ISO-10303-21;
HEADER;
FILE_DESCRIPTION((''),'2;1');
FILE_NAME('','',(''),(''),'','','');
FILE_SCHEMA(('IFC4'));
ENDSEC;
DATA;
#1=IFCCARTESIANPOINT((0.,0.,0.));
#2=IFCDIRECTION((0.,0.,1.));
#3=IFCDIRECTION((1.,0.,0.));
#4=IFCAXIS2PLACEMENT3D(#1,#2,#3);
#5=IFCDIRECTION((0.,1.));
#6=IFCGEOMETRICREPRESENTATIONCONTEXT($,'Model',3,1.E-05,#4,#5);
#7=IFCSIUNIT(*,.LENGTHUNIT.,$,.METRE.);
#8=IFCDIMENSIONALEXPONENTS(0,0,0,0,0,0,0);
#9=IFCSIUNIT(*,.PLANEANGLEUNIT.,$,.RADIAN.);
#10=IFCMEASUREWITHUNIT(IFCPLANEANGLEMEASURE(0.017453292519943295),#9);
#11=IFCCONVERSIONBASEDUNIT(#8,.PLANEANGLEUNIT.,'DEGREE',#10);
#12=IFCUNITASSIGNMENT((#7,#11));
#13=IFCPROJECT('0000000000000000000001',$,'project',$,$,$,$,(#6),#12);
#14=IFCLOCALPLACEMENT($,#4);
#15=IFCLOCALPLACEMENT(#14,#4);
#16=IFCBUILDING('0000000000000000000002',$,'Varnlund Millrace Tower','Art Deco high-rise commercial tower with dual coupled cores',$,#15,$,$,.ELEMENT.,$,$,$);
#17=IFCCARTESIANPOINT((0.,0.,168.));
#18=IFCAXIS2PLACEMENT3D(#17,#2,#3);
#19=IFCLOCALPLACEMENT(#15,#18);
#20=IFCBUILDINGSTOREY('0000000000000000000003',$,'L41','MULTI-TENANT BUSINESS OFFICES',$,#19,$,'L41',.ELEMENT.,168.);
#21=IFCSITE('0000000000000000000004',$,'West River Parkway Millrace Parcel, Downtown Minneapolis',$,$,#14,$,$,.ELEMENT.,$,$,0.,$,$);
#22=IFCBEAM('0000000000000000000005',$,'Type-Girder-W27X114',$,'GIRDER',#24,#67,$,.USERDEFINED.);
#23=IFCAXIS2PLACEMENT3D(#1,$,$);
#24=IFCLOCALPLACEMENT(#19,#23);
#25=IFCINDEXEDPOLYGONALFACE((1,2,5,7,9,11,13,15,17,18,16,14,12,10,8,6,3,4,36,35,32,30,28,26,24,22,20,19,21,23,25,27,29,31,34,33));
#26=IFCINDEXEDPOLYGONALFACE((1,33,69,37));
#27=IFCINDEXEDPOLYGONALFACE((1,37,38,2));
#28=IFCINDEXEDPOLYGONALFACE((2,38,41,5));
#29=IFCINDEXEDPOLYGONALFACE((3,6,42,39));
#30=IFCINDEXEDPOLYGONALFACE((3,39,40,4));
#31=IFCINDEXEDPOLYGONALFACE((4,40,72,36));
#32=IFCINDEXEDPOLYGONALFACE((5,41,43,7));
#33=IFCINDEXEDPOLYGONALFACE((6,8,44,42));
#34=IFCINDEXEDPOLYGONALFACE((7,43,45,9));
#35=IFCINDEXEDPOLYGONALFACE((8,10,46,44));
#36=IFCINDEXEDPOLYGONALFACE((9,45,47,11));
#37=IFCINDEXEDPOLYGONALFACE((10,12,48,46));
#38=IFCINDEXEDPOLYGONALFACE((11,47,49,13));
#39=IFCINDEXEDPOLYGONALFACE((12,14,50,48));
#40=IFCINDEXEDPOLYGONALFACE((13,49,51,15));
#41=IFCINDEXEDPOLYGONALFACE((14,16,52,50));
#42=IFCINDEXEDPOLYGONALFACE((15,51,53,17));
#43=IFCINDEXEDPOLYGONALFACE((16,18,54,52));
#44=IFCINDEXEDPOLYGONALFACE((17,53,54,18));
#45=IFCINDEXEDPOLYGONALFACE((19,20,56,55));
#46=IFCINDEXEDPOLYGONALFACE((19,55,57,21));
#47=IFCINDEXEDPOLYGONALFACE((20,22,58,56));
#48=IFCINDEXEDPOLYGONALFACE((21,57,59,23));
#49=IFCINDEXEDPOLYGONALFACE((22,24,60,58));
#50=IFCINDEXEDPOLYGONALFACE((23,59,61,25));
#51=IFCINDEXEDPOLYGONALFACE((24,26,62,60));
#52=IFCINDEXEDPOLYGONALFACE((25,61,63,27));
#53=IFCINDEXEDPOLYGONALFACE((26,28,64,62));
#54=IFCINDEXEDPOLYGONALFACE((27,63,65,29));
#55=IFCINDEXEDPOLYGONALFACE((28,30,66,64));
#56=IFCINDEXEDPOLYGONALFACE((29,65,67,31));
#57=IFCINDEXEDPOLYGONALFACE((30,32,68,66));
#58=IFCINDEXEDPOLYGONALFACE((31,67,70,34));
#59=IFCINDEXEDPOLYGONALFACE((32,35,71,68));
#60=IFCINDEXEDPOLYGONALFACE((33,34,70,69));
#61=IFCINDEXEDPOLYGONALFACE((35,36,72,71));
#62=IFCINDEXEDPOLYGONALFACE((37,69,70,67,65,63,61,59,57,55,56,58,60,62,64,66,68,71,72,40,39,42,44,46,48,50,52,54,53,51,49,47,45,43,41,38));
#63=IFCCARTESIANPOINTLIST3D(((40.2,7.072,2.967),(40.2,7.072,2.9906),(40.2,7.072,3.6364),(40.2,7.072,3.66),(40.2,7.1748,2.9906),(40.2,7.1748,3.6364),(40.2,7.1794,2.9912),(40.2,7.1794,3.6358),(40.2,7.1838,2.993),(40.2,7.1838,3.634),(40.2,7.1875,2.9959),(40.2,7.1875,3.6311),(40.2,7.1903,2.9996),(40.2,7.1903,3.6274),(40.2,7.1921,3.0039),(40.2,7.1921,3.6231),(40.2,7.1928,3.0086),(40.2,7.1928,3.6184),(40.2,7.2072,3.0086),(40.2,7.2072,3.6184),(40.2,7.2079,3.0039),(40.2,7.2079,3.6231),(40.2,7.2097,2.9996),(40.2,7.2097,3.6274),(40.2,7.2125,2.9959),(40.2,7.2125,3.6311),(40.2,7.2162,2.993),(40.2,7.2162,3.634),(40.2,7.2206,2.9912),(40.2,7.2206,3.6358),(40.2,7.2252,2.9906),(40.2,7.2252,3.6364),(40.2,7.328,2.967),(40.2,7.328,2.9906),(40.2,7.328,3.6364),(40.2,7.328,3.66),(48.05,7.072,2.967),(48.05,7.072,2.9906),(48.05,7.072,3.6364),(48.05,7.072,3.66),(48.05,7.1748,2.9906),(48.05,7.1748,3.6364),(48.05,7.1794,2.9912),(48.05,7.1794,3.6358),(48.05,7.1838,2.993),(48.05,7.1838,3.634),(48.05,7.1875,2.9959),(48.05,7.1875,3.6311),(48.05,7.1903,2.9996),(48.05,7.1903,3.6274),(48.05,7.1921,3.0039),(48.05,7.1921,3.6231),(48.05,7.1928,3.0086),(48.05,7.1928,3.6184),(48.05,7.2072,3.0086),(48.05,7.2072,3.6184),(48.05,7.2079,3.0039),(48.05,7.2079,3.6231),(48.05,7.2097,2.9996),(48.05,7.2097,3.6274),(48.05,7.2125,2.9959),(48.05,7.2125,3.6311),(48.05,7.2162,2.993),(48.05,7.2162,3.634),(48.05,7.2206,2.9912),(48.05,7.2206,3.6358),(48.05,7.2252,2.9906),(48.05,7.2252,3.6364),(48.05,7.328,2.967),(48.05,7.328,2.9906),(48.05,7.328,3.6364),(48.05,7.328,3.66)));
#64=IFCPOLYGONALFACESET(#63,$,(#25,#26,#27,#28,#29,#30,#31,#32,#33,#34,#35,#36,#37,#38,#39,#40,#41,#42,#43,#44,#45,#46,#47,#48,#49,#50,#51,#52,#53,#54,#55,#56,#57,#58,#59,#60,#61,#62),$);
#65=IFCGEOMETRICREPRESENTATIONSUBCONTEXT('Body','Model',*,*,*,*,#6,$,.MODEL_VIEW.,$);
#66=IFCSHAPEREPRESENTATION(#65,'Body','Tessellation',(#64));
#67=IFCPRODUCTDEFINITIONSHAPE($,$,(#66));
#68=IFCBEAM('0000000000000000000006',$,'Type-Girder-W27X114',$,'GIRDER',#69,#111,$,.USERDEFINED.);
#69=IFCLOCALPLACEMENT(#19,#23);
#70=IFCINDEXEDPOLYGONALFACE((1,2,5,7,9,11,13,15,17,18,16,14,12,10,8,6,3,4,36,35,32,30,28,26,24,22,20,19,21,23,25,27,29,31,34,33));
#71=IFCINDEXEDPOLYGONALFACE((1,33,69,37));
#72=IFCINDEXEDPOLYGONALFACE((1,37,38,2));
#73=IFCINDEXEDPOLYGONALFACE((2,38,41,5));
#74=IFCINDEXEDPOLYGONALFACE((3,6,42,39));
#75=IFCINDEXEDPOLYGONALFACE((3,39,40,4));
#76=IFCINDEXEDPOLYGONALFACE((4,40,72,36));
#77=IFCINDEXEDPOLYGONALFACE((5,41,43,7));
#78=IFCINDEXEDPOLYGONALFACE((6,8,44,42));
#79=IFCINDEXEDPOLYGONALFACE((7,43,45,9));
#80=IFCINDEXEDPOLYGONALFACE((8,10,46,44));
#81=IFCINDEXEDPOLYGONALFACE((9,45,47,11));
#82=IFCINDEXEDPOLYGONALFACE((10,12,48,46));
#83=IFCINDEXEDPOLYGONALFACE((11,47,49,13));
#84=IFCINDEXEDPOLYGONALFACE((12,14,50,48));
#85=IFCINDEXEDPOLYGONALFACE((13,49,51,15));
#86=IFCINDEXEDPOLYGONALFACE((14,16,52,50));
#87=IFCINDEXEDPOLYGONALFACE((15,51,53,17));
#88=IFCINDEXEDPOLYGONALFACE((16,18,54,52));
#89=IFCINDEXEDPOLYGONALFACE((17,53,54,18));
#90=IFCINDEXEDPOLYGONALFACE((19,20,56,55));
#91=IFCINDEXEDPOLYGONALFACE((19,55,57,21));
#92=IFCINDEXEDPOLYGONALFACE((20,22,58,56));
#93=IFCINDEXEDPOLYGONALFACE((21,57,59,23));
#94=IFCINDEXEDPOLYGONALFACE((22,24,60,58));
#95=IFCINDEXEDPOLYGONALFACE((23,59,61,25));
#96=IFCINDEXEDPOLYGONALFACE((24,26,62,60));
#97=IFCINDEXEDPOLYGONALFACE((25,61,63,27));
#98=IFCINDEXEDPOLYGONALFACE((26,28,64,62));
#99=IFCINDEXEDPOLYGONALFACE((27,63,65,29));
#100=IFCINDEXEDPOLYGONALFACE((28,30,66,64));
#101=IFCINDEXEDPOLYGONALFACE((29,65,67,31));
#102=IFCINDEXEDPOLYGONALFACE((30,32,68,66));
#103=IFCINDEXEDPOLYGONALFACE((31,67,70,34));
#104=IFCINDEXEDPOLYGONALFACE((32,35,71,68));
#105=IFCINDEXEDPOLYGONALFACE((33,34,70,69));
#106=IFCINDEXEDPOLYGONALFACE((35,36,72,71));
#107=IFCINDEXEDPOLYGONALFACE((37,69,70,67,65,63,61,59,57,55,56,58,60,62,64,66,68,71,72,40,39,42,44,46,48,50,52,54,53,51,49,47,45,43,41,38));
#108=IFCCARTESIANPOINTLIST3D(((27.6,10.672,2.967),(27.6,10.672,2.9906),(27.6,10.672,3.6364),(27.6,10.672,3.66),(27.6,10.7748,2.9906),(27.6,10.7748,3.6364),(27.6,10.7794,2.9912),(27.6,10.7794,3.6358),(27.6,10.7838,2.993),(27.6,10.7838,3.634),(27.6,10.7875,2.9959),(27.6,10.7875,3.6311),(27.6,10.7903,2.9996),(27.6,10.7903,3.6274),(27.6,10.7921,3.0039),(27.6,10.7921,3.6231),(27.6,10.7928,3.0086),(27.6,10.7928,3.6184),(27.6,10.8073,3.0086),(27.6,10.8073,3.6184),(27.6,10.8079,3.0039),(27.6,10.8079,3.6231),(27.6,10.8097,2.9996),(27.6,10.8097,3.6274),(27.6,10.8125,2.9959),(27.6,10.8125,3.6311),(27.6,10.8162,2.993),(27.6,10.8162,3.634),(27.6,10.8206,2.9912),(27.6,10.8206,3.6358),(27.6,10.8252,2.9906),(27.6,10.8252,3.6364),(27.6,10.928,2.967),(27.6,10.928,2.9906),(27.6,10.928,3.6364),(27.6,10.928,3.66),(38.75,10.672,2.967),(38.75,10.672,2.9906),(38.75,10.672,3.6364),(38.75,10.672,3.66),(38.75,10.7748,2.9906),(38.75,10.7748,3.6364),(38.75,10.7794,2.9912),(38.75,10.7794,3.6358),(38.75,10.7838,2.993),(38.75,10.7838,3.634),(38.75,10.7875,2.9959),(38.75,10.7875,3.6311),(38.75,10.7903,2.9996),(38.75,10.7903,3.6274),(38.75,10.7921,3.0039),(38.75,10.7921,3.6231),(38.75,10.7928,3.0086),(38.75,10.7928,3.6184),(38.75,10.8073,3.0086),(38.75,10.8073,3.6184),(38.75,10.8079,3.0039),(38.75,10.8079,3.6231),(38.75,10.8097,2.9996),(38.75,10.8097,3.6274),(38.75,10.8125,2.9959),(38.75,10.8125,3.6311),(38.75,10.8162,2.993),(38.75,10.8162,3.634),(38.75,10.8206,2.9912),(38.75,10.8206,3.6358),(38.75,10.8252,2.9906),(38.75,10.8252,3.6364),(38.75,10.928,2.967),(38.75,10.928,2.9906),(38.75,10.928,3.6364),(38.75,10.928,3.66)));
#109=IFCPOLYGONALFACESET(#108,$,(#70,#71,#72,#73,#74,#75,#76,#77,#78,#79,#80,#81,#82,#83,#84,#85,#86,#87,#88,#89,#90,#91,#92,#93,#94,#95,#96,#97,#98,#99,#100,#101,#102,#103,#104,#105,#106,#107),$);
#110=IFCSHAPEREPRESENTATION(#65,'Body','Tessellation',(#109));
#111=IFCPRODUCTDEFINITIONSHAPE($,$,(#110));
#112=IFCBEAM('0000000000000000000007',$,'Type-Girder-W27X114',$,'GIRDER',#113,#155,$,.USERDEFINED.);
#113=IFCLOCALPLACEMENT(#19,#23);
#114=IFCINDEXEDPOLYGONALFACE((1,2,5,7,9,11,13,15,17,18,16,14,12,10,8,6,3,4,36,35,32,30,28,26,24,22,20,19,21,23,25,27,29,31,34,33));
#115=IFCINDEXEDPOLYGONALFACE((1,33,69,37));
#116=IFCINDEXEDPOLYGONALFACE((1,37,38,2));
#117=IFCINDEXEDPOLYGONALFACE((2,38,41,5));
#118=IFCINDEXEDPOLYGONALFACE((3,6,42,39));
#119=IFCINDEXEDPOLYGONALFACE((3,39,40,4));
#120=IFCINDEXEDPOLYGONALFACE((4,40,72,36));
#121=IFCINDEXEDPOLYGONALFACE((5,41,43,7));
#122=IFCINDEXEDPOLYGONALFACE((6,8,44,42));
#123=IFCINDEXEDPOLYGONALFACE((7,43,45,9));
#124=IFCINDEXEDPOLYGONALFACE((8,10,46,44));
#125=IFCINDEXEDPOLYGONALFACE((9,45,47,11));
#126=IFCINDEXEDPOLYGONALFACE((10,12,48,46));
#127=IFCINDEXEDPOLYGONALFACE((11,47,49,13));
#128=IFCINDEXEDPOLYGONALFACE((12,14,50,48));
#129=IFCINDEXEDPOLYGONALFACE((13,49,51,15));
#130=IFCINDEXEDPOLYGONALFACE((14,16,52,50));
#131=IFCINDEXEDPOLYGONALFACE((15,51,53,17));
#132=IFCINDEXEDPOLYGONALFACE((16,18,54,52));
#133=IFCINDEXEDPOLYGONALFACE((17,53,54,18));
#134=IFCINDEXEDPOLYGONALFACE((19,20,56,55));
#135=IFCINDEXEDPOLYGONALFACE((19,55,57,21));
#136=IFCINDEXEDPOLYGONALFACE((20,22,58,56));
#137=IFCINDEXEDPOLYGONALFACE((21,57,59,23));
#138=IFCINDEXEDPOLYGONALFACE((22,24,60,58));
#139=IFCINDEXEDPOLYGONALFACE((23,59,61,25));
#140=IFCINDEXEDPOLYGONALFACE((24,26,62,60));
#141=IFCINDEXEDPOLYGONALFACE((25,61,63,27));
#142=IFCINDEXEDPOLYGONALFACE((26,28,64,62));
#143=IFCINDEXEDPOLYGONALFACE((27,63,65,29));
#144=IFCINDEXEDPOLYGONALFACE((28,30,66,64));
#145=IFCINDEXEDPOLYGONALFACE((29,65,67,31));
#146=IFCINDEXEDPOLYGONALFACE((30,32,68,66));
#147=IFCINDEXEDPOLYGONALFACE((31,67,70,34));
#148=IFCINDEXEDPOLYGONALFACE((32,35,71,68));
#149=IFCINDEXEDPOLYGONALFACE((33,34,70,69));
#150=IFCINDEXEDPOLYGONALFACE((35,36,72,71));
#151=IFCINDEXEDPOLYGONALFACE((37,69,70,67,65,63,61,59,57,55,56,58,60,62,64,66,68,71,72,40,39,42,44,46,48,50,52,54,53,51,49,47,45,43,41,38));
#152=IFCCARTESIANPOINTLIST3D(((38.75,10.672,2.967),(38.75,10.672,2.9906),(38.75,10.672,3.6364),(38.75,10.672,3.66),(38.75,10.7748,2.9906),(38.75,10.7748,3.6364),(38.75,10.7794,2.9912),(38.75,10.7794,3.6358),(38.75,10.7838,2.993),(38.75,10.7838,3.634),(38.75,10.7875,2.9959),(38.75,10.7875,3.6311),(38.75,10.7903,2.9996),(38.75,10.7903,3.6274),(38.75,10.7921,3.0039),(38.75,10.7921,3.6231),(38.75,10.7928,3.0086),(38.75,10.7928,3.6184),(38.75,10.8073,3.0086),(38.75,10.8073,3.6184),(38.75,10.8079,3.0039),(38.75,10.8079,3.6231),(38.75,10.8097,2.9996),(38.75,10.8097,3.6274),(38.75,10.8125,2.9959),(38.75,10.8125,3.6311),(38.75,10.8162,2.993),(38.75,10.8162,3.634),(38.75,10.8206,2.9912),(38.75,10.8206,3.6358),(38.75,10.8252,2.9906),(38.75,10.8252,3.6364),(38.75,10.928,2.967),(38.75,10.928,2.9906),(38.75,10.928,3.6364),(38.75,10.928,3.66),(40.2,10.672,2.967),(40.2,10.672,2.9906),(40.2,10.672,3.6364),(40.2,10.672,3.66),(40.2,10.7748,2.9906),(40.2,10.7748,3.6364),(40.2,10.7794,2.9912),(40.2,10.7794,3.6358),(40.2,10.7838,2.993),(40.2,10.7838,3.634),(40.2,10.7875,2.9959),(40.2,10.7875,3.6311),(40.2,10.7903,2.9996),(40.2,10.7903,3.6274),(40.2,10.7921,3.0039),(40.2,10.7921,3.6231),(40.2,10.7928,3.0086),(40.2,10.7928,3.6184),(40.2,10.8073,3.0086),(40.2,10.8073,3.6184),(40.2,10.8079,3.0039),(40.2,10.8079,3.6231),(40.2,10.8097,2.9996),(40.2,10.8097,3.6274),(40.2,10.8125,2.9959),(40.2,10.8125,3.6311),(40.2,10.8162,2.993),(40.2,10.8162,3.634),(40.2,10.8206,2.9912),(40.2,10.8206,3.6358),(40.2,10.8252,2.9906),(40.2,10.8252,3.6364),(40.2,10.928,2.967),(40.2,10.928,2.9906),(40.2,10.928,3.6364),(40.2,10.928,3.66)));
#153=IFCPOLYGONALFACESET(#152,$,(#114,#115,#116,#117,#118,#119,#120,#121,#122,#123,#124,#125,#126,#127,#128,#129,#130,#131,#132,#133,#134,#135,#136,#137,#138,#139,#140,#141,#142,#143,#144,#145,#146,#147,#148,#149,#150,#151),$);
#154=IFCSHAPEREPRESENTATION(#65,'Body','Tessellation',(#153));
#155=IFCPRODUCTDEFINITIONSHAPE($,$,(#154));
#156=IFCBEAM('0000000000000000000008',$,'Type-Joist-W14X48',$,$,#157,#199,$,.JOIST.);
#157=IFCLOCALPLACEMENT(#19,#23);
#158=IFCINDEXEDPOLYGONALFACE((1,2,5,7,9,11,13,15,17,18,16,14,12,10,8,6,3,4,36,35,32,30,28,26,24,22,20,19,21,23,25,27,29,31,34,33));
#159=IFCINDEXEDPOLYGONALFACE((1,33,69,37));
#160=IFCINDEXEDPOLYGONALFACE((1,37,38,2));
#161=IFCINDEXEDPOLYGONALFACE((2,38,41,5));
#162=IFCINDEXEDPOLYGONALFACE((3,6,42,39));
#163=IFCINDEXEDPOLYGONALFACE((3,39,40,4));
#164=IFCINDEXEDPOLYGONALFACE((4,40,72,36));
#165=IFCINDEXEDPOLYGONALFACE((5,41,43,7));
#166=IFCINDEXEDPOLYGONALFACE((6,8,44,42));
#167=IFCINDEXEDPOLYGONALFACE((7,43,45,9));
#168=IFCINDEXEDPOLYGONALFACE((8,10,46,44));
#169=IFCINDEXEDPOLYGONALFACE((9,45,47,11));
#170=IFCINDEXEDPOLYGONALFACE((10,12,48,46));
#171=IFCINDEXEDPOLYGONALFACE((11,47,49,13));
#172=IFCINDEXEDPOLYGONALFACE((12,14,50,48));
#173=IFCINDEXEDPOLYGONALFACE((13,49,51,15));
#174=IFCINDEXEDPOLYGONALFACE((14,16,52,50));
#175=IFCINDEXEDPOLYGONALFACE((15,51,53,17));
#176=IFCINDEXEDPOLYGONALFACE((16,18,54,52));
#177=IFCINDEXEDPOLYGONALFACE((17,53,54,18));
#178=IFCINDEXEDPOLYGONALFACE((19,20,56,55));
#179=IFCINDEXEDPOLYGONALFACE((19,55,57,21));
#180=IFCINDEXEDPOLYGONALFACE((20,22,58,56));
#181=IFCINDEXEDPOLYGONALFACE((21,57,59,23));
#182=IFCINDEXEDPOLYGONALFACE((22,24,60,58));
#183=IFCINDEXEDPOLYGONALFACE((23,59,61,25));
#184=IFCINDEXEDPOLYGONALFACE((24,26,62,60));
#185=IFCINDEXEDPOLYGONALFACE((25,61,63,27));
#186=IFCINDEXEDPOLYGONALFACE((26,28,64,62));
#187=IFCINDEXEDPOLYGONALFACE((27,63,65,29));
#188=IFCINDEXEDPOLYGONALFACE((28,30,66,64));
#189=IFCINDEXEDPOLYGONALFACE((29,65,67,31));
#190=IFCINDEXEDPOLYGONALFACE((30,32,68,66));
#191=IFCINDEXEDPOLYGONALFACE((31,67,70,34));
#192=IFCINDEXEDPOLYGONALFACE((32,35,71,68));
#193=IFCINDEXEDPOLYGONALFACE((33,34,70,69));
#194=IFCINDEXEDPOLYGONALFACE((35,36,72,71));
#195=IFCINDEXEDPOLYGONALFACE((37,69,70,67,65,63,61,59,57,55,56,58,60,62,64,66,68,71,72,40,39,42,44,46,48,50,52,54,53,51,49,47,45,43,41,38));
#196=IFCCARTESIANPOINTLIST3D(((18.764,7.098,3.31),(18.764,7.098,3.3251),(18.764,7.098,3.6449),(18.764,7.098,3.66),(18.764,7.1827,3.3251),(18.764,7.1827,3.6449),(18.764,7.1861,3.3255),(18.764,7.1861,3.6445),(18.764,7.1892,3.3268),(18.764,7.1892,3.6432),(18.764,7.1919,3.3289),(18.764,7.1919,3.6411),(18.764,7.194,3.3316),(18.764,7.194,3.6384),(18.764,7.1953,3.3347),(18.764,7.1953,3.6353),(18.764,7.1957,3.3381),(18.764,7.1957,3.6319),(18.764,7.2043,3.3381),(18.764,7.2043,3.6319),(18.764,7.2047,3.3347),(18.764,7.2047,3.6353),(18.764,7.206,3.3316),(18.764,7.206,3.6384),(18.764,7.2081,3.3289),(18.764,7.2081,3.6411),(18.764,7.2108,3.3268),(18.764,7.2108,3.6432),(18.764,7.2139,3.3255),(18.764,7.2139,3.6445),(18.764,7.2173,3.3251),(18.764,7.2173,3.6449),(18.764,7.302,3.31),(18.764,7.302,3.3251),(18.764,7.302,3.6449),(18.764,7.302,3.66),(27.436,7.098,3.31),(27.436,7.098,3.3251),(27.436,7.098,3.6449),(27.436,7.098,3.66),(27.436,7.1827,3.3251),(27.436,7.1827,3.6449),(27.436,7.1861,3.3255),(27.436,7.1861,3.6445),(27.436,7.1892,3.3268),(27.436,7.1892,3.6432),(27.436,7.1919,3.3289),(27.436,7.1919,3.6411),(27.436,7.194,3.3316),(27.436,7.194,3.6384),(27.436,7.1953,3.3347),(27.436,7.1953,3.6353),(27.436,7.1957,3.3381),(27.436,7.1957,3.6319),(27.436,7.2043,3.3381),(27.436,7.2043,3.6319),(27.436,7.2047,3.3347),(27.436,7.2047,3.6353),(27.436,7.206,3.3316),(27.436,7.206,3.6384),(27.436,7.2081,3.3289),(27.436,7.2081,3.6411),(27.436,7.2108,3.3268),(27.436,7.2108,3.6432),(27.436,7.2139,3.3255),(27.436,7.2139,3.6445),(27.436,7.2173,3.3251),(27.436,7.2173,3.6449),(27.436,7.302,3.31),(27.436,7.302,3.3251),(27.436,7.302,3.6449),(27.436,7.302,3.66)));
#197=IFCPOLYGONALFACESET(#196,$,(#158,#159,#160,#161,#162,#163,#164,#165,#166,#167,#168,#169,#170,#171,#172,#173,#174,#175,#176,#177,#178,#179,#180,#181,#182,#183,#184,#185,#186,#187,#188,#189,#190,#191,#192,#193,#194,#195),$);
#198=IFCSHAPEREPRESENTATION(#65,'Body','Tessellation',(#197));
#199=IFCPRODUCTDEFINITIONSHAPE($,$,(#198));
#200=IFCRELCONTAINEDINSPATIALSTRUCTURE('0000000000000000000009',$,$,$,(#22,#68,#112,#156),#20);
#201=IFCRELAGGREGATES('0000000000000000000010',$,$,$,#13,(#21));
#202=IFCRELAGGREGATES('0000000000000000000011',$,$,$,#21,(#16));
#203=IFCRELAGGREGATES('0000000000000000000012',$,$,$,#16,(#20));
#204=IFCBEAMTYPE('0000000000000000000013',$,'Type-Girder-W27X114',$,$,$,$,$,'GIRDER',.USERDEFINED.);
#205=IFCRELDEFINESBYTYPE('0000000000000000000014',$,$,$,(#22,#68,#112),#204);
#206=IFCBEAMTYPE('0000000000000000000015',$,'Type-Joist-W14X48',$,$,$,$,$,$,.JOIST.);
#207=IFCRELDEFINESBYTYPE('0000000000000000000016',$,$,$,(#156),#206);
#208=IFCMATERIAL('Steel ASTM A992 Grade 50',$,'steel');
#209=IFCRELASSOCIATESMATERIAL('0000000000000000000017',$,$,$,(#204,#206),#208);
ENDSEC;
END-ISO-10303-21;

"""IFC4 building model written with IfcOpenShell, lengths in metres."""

from ifc_helpers import new_model, entity, si_unit, converted_unit, direction, frame, origin_with_axes, origin_2d_with_axis, place, context, subcontext, project, spatial, i_section, extrude, material, material_profile, profile_set, type_object, element, save


model = new_model("IFC4")

# Units and contexts
model_context = context("Model", 3, precision=1e-05, world=origin_with_axes(), true_north=direction((0.0, 1.0)))
body_context = subcontext(model_context, "Body", "Model", "MODEL_VIEW")
ifc_project = project(units=[si_unit("LENGTHUNIT", "METRE"), converted_unit("PLANEANGLEUNIT", "DEGREE", entity("IfcPlaneAngleMeasure", 0.017453292519943295), si_unit("PLANEANGLEUNIT", "RADIAN"), dimensions=[0, 0, 0, 0, 0, 0, 0])], contexts=[model_context])

# Site, building, storey
site_placement = place(None, origin_with_axes())
site = spatial("IfcSite", under=ifc_project, at=site_placement, Name="West River Parkway Millrace Parcel, Downtown Minneapolis", CompositionType="ELEMENT", RefElevation=0.0)
building_placement = place(site_placement, origin_with_axes())
building = spatial("IfcBuilding", under=site, at=building_placement, Name="Varnlund Millrace Tower", Description="Art Deco high-rise commercial tower with dual coupled cores", CompositionType="ELEMENT")
storey_placement = place(building_placement, frame((0.0, 0.0, 168.0), z_axis=(0.0, 0.0, 1.0), x_axis=(1.0, 0.0, 0.0)))
storey = spatial("IfcBuildingStorey", under=building, at=storey_placement, Name="L41", Description="MULTI-TENANT BUSINESS OFFICES", LongName="L41", CompositionType="ELEMENT", Elevation=168.0)

# Beams
ifc_material_1 = material(Name="Steel ASTM A992 Grade 50", Category="steel")
ifc_material_profile_1 = material_profile(ifc_material_1, i_section(OverallWidth=0.256, OverallDepth=0.693, WebThickness=0.0145, FlangeThickness=0.0236, FilletRadius=0.018, at=origin_2d_with_axis()), Name="Steel ASTM A992 Grade 50")
ifc_profile_set_1 = profile_set([ifc_material_profile_1], Name="Steel ASTM A992 Grade 50")
beam_type_1 = type_object("IfcBeamType", Name="Type-Girder-W27X114", ElementType="GIRDER", PredefinedType="USERDEFINED", material=ifc_profile_set_1)
beam_1_placement = place(storey_placement, frame((40.2, 7.2, 3.3135), z_axis=(1.0, 0.0, 0.0), x_axis=(0.0, 1.0, 0.0)))
element("IfcBeam", 1, at=beam_1_placement, inside=storey, type_object=beam_type_1, Name="Type-Girder-W27X114", ObjectType="GIRDER", PredefinedType="USERDEFINED", context=body_context, shape_type="SweptSolid", body=[
    extrude(i_section(OverallWidth=0.256, OverallDepth=0.693, WebThickness=0.0145, FlangeThickness=0.0236, FilletRadius=0.018, at=origin_2d_with_axis()), origin_with_axes(), (0.0, 0.0, 1.0), 7.85),
])
beam_2_placement = place(storey_placement, frame((27.6, 10.8, 3.3135), z_axis=(1.0, 0.0, 0.0), x_axis=(0.0, 1.0, 0.0)))
element("IfcBeam", 2, at=beam_2_placement, inside=storey, type_object=beam_type_1, Name="Type-Girder-W27X114", ObjectType="GIRDER", PredefinedType="USERDEFINED", context=body_context, shape_type="SweptSolid", body=[
    extrude(i_section(OverallWidth=0.256, OverallDepth=0.693, WebThickness=0.0145, FlangeThickness=0.0236, FilletRadius=0.018, at=origin_2d_with_axis()), origin_with_axes(), (0.0, 0.0, 1.0), 11.15),
])
beam_3_placement = place(storey_placement, frame((38.75, 10.8, 3.3135), z_axis=(1.0, 0.0, 0.0), x_axis=(0.0, 1.0, 0.0)))
element("IfcBeam", 3, at=beam_3_placement, inside=storey, type_object=beam_type_1, Name="Type-Girder-W27X114", ObjectType="GIRDER", PredefinedType="USERDEFINED", context=body_context, shape_type="SweptSolid", body=[
    extrude(i_section(OverallWidth=0.256, OverallDepth=0.693, WebThickness=0.0145, FlangeThickness=0.0236, FilletRadius=0.018, at=origin_2d_with_axis()), origin_with_axes(), (0.0, 0.0, 1.0), 1.45),
])
ifc_material_profile_2 = material_profile(ifc_material_1, i_section(OverallWidth=0.204, OverallDepth=0.35, WebThickness=0.0086, FlangeThickness=0.0151, FilletRadius=0.013, at=origin_2d_with_axis()), Name="Steel ASTM A992 Grade 50")
ifc_profile_set_2 = profile_set([ifc_material_profile_2], Name="Steel ASTM A992 Grade 50")
beam_type_2 = type_object("IfcBeamType", Name="Type-Joist-W14X48", PredefinedType="JOIST", material=ifc_profile_set_2)
for number, where, z_axis, x_axis, name in (
    (4, (18.764, 7.2, 3.485), (1.0, 0.0, 0.0), (0.0, 1.0, 0.0), "Type-Joist-W14X48"),
):
    element("IfcBeam", number, at=place(storey_placement, frame(where, z_axis=z_axis, x_axis=x_axis)), inside=storey, type_object=beam_type_2, Name=name, PredefinedType="JOIST", context=body_context, shape_type="SweptSolid", body=[
        extrude(i_section(OverallWidth=0.204, OverallDepth=0.35, WebThickness=0.0086, FlangeThickness=0.0151, FilletRadius=0.013, at=origin_2d_with_axis()), origin_with_axes(), (0.0, 0.0, 1.0), 8.672),
    ])

save(model, "model.ifc")
